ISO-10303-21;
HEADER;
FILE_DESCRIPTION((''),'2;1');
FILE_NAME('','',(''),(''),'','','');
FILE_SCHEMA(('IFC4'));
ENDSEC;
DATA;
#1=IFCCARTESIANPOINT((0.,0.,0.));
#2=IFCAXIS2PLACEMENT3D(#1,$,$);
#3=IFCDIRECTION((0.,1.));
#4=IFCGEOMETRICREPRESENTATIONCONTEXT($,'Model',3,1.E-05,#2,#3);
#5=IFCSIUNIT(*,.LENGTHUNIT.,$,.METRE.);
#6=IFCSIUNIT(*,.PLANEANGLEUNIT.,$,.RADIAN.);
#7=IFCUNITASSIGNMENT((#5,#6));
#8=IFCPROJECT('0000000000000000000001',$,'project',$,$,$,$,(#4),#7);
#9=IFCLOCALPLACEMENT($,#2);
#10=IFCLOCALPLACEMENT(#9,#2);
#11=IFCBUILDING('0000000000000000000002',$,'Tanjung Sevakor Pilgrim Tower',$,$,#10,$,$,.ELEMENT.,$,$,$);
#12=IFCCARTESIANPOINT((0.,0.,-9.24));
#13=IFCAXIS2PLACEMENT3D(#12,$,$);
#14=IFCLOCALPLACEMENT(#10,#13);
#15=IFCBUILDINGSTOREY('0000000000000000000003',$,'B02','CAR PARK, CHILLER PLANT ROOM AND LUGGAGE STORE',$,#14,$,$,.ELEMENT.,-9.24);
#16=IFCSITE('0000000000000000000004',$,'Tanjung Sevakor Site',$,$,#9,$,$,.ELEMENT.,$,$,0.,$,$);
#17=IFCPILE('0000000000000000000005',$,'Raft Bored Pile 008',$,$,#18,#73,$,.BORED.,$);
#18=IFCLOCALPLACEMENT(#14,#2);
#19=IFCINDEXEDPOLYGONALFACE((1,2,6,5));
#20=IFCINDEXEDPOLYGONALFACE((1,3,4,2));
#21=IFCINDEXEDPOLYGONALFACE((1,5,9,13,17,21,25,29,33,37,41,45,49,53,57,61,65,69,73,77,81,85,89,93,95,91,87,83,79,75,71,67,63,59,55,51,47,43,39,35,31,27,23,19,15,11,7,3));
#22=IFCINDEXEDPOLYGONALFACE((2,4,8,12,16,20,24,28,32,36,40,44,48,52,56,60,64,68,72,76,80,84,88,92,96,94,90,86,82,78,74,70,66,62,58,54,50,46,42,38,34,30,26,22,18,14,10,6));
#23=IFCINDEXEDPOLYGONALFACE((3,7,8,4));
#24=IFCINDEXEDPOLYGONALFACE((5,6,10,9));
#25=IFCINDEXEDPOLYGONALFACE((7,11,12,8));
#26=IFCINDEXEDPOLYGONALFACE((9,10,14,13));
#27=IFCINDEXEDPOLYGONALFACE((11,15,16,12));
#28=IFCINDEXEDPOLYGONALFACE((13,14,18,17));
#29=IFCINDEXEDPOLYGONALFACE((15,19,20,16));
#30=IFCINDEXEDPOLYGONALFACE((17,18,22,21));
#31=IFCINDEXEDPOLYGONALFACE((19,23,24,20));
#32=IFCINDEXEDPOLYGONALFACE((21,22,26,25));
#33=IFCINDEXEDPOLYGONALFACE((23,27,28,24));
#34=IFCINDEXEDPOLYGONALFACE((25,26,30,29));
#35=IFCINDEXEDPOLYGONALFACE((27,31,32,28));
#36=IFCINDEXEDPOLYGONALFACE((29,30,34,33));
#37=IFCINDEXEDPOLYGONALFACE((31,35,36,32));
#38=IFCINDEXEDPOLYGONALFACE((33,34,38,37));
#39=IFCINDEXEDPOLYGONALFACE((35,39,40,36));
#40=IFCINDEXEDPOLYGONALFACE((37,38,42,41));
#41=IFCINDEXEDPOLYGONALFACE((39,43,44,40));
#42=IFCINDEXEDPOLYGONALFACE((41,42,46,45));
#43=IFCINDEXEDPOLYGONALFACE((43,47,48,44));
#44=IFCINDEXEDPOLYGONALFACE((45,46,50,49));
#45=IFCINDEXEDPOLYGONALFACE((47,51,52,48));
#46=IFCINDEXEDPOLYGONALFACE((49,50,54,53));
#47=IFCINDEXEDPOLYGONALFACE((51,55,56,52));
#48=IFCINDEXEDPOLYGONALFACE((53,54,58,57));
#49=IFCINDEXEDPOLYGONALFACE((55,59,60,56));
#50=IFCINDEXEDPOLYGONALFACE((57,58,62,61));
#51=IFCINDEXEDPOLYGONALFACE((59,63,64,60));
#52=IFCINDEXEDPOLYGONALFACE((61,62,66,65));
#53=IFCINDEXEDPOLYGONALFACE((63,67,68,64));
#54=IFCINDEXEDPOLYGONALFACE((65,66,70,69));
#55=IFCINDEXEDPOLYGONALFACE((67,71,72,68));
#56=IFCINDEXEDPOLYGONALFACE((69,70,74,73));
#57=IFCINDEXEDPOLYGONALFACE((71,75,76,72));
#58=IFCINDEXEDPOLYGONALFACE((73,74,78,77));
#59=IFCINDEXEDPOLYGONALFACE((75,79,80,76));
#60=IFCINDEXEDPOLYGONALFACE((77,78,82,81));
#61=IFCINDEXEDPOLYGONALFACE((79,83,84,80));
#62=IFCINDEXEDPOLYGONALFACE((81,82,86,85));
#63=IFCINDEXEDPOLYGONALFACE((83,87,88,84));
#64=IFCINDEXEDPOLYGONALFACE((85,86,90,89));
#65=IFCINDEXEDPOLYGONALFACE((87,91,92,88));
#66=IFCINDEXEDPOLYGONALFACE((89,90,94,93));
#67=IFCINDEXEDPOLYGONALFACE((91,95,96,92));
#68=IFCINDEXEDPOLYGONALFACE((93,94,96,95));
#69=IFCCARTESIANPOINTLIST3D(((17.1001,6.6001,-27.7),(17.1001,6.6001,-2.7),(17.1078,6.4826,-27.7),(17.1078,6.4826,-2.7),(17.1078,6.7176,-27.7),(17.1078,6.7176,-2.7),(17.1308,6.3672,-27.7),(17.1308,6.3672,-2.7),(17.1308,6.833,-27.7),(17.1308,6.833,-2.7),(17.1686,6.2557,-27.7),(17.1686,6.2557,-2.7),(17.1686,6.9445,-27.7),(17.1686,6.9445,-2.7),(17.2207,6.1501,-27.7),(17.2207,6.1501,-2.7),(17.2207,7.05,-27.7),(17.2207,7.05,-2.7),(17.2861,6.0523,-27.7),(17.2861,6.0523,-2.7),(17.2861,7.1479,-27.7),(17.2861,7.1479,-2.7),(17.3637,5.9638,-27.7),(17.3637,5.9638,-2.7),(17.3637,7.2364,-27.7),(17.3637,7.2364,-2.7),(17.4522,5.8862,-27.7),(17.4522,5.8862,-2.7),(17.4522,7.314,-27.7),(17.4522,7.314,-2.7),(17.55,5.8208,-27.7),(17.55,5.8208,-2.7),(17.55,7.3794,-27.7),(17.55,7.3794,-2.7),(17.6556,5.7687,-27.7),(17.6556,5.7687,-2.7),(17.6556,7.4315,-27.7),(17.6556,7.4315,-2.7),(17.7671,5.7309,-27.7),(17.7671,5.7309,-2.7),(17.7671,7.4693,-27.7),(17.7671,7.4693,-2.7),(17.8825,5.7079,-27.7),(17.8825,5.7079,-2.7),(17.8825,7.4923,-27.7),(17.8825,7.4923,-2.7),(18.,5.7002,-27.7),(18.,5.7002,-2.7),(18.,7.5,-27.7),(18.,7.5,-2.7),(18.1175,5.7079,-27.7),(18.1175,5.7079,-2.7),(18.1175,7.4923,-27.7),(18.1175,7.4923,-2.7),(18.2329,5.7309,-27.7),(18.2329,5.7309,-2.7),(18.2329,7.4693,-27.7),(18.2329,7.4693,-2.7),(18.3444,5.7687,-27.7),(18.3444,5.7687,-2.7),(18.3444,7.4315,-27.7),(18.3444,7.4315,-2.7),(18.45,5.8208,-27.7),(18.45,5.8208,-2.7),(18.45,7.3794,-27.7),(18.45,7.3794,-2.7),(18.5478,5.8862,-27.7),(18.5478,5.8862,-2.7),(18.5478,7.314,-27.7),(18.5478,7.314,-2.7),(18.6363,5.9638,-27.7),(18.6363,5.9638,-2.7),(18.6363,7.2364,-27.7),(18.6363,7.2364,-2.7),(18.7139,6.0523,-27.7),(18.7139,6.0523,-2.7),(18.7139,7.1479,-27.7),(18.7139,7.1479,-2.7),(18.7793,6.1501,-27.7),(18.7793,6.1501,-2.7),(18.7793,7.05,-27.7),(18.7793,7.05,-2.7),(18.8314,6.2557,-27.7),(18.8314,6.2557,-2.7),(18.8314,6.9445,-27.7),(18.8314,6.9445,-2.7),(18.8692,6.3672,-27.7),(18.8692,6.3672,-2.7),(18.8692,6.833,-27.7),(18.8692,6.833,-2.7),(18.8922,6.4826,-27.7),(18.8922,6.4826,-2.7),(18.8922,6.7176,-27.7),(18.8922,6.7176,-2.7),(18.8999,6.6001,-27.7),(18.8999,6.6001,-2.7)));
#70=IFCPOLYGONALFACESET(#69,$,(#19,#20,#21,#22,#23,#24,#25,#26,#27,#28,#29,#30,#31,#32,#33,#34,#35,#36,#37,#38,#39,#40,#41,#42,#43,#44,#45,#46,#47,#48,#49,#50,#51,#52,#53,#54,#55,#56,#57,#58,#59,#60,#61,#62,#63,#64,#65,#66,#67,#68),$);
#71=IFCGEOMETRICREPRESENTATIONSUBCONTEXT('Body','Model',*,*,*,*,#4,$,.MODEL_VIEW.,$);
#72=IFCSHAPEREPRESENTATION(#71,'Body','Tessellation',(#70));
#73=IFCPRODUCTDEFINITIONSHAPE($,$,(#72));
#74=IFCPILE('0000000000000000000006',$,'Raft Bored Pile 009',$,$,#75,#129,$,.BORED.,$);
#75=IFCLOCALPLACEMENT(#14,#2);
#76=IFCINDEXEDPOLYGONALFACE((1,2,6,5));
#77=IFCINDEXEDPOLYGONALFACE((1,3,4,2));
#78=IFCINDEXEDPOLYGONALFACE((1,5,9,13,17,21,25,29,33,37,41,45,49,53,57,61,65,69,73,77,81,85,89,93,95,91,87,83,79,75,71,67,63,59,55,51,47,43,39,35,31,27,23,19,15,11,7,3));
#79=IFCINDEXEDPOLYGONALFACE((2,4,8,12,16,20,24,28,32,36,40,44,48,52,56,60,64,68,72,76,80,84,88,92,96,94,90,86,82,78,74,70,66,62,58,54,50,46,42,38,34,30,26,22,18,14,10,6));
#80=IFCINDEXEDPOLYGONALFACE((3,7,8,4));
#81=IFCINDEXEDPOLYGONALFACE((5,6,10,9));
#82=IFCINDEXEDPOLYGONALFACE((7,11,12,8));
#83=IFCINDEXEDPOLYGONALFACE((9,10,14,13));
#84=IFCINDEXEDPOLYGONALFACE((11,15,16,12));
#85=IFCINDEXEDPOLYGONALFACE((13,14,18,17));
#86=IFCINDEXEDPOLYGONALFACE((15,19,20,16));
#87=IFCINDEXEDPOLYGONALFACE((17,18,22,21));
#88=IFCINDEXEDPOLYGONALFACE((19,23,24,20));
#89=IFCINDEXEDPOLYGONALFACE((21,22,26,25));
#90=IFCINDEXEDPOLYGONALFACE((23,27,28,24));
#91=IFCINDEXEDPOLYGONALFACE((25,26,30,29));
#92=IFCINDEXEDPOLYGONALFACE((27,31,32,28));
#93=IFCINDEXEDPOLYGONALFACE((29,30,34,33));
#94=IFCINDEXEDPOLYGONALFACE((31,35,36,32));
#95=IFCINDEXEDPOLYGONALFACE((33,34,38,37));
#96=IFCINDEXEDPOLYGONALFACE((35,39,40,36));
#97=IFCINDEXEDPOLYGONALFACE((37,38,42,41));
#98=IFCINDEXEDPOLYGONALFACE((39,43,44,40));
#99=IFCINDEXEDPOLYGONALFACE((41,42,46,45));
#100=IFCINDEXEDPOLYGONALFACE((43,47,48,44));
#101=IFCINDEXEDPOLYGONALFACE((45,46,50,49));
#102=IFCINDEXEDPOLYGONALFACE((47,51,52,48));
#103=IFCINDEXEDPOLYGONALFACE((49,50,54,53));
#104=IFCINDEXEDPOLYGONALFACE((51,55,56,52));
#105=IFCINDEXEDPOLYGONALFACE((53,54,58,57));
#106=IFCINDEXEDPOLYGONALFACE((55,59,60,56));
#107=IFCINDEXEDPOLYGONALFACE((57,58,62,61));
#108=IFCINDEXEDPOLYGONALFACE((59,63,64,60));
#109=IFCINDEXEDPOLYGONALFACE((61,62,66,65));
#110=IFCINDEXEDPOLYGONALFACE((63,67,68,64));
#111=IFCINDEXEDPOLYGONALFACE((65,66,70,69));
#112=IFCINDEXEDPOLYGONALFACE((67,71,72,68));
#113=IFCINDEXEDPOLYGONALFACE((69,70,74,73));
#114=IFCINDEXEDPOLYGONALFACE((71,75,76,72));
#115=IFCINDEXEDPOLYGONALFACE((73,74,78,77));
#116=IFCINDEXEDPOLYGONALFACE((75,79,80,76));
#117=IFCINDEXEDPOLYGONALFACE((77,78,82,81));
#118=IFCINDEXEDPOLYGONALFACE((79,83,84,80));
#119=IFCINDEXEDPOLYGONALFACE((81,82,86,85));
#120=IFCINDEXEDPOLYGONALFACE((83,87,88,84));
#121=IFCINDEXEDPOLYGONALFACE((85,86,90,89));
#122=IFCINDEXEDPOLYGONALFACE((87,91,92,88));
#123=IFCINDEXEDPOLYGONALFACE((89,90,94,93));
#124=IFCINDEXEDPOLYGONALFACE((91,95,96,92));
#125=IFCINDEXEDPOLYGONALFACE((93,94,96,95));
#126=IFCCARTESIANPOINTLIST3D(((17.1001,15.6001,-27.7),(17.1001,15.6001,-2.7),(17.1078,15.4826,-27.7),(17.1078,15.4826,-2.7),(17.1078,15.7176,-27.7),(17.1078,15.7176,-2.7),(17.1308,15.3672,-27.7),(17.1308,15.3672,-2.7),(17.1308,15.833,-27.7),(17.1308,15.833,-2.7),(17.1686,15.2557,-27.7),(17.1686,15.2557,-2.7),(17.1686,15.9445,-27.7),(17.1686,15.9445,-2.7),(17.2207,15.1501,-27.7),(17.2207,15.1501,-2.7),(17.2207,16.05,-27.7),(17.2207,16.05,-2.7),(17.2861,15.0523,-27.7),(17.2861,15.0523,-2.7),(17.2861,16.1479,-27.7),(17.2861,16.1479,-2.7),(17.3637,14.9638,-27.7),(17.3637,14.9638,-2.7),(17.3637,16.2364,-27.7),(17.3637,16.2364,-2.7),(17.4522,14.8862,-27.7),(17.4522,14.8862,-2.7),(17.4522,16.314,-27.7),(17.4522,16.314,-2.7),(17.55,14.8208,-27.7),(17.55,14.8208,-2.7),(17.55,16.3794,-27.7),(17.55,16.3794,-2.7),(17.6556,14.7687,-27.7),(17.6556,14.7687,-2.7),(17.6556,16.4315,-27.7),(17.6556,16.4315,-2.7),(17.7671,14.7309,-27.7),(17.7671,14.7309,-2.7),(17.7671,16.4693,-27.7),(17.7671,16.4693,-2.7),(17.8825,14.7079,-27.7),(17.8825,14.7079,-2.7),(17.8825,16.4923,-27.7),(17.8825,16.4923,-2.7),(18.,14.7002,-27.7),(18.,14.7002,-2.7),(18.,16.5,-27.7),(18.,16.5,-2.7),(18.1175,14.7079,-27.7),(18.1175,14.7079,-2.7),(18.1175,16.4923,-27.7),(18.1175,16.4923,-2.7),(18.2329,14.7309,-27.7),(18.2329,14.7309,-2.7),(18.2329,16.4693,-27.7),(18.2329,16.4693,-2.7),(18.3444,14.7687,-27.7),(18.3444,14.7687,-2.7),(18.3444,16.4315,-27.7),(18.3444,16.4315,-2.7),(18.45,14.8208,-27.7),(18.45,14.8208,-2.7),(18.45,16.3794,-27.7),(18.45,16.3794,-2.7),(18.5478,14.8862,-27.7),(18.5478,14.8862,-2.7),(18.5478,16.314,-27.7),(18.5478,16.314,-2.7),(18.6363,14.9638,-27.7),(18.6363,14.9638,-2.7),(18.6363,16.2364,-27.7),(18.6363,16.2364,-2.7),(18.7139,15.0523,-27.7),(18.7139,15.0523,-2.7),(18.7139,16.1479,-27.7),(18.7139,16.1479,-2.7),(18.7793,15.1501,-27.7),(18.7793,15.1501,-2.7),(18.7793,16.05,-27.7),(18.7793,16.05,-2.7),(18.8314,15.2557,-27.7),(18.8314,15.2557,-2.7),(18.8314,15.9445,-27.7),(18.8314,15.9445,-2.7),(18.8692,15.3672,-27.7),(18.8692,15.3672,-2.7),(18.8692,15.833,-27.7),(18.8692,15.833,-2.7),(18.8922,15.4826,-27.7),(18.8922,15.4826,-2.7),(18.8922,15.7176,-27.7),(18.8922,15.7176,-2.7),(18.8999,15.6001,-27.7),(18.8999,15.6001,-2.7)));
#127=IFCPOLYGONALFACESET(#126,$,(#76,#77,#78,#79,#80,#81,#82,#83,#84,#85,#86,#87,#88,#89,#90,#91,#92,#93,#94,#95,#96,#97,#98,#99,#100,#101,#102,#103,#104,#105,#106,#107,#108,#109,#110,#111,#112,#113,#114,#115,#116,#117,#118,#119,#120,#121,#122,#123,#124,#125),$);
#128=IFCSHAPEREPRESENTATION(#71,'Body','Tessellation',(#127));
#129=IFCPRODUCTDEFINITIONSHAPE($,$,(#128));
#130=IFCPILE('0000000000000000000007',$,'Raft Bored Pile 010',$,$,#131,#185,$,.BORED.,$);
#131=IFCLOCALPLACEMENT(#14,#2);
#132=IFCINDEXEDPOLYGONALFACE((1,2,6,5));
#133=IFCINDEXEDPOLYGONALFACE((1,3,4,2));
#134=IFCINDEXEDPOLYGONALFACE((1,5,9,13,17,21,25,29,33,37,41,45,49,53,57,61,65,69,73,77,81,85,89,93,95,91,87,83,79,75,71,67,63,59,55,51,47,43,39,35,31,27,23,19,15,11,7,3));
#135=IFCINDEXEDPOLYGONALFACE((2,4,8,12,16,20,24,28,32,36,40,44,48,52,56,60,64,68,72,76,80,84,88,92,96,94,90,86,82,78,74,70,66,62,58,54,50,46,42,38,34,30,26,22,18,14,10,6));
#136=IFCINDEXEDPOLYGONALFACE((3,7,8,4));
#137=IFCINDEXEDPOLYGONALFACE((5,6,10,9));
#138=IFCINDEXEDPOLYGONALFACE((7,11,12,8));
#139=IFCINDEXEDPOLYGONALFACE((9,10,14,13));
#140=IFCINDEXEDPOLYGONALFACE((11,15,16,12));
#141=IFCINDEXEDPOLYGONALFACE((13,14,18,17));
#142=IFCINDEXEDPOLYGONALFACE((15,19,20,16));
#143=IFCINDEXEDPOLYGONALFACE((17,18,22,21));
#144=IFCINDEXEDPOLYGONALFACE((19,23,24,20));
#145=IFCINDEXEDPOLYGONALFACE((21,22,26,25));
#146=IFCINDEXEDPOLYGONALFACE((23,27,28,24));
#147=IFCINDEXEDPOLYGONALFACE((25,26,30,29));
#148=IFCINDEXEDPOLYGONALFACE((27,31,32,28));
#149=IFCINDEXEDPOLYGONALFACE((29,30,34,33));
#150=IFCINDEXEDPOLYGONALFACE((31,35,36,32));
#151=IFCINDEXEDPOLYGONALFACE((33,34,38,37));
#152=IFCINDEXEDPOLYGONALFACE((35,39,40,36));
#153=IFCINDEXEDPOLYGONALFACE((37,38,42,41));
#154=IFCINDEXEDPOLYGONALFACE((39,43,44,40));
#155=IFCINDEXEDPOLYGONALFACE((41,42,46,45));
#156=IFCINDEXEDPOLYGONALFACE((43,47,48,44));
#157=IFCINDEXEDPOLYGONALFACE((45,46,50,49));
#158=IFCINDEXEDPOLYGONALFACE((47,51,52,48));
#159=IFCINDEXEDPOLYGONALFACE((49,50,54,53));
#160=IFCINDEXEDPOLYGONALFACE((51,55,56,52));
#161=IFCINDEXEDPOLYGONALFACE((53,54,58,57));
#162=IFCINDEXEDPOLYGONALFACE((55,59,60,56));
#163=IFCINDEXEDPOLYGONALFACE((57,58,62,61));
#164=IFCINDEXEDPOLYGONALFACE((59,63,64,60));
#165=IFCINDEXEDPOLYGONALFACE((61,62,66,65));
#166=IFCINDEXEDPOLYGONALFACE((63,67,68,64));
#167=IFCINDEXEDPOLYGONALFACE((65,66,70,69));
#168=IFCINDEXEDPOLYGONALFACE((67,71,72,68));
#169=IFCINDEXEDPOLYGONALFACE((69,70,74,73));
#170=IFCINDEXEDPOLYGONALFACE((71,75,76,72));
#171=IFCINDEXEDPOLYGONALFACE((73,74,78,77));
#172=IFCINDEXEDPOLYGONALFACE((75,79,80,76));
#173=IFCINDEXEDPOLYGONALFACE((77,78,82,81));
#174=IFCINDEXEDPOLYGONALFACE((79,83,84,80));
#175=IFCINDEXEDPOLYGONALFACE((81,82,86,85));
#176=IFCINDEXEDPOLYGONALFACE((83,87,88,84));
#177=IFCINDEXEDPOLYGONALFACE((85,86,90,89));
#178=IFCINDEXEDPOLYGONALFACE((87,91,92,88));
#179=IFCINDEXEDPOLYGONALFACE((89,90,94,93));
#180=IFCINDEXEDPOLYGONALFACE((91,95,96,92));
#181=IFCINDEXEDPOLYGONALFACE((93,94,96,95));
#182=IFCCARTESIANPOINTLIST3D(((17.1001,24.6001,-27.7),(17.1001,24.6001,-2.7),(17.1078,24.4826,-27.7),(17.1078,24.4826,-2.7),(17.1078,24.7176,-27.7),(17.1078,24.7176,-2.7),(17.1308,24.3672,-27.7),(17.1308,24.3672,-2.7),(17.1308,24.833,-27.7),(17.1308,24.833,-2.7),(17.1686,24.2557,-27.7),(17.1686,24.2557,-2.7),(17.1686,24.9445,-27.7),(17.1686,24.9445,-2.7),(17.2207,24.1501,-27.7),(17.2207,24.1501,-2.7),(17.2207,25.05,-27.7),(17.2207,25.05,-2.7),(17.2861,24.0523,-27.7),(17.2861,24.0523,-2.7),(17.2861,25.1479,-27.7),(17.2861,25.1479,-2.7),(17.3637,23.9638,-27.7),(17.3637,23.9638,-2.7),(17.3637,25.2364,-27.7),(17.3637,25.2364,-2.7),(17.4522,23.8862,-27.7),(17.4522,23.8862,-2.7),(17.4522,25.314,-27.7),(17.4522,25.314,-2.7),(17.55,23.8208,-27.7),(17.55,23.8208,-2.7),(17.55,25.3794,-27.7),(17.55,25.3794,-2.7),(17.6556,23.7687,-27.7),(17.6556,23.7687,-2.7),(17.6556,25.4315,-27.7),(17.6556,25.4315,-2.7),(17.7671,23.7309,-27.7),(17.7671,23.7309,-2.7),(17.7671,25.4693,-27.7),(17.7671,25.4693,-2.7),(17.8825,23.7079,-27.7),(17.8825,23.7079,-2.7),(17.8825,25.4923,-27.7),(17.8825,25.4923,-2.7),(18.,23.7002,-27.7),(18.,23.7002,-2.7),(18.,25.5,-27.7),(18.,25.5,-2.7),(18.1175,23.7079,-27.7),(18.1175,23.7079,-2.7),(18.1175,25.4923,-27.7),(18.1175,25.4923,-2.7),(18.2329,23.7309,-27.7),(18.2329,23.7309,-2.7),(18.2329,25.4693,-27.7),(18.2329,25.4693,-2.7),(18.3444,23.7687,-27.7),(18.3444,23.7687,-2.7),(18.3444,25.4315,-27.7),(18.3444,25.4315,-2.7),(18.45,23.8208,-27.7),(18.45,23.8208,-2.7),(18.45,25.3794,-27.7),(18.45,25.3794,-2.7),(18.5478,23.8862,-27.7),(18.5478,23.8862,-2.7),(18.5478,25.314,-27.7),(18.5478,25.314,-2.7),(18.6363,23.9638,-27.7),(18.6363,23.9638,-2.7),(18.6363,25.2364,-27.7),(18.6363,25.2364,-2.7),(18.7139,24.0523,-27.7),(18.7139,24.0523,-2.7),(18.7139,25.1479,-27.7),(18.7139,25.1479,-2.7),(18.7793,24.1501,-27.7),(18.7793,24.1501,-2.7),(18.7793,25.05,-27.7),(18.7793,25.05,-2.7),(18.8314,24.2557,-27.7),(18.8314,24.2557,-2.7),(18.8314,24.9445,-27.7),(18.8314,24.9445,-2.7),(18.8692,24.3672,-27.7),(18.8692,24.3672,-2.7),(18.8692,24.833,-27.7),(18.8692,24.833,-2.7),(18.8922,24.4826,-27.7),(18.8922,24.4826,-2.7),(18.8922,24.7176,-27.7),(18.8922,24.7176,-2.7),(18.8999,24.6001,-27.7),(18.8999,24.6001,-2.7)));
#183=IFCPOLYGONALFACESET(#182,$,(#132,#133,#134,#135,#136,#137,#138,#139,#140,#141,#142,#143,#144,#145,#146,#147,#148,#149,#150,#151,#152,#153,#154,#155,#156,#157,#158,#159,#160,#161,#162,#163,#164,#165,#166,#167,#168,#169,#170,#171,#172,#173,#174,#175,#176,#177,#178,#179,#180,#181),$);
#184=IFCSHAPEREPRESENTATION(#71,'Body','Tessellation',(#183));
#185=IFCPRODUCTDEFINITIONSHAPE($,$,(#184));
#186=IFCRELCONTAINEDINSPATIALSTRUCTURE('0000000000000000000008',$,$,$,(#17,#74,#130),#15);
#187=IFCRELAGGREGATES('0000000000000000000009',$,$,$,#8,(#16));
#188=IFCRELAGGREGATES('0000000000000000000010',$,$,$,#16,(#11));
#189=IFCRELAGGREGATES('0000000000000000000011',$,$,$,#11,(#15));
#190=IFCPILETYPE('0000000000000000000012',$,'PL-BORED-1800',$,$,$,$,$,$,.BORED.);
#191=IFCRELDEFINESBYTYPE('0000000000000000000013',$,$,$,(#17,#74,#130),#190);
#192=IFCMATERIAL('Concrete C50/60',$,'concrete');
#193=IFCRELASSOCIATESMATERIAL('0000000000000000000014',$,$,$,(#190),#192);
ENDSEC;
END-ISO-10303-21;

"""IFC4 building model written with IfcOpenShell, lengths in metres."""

from ifc_helpers import new_model, si_unit, direction, frame, origin, origin_2d, place, context, subcontext, project, spatial, circle, extrude, material, material_profile, profile_set, type_object, element, save


model = new_model("IFC4")

# Units and contexts
model_context = context("Model", 3, precision=1e-05, world=origin(), true_north=direction((0.0, 1.0)))
body_context = subcontext(model_context, "Body", "Model", "MODEL_VIEW")
ifc_project = project(units=[si_unit("LENGTHUNIT", "METRE"), si_unit("PLANEANGLEUNIT", "RADIAN")], contexts=[model_context])

# Site, building, storey
site_placement = place(None, origin())
site = spatial("IfcSite", under=ifc_project, at=site_placement, Name="Tanjung Sevakor Site", CompositionType="ELEMENT", RefElevation=0.0)
building_placement = place(site_placement, origin())
building = spatial("IfcBuilding", under=site, at=building_placement, Name="Tanjung Sevakor Pilgrim Tower", CompositionType="ELEMENT")
storey_placement = place(building_placement, frame((0.0, 0.0, -9.24)))
storey = spatial("IfcBuildingStorey", under=building, at=storey_placement, Name="B02", Description="CAR PARK, CHILLER PLANT ROOM AND LUGGAGE STORE", CompositionType="ELEMENT", Elevation=-9.24)

# Piles
ifc_material_1 = material(Name="Concrete C50/60", Category="concrete")
ifc_material_profile_1 = material_profile(ifc_material_1, circle(Radius=0.8999, at=origin_2d()))
ifc_profile_set_1 = profile_set([ifc_material_profile_1], Name="Concrete C50/60")
pile_type = type_object("IfcPileType", Name="PL-BORED-1800", PredefinedType="BORED", material=ifc_profile_set_1)
for number, where, z_axis, x_axis, name in (
    (1, (18.0, 6.6001, -2.7), (0.0, 0.0, -1.0), (1.0, 0.0, 0.0), "Raft Bored Pile 008"),
    (2, (18.0, 15.6001, -2.7), (0.0, 0.0, -1.0), (1.0, 0.0, 0.0), "Raft Bored Pile 009"),
    (3, (18.0, 24.6001, -2.7), (0.0, 0.0, -1.0), (1.0, 0.0, 0.0), "Raft Bored Pile 010"),
):
    element("IfcPile", number, at=place(storey_placement, frame(where, z_axis=z_axis, x_axis=x_axis)), inside=storey, type_object=pile_type, Name=name, PredefinedType="BORED", context=body_context, shape_type="SweptSolid", body=[
        extrude(circle(Radius=0.8999, at=origin_2d()), origin(), (0.0, 0.0, 1.0), 25.0),
    ])

save(model, "model.ifc")
